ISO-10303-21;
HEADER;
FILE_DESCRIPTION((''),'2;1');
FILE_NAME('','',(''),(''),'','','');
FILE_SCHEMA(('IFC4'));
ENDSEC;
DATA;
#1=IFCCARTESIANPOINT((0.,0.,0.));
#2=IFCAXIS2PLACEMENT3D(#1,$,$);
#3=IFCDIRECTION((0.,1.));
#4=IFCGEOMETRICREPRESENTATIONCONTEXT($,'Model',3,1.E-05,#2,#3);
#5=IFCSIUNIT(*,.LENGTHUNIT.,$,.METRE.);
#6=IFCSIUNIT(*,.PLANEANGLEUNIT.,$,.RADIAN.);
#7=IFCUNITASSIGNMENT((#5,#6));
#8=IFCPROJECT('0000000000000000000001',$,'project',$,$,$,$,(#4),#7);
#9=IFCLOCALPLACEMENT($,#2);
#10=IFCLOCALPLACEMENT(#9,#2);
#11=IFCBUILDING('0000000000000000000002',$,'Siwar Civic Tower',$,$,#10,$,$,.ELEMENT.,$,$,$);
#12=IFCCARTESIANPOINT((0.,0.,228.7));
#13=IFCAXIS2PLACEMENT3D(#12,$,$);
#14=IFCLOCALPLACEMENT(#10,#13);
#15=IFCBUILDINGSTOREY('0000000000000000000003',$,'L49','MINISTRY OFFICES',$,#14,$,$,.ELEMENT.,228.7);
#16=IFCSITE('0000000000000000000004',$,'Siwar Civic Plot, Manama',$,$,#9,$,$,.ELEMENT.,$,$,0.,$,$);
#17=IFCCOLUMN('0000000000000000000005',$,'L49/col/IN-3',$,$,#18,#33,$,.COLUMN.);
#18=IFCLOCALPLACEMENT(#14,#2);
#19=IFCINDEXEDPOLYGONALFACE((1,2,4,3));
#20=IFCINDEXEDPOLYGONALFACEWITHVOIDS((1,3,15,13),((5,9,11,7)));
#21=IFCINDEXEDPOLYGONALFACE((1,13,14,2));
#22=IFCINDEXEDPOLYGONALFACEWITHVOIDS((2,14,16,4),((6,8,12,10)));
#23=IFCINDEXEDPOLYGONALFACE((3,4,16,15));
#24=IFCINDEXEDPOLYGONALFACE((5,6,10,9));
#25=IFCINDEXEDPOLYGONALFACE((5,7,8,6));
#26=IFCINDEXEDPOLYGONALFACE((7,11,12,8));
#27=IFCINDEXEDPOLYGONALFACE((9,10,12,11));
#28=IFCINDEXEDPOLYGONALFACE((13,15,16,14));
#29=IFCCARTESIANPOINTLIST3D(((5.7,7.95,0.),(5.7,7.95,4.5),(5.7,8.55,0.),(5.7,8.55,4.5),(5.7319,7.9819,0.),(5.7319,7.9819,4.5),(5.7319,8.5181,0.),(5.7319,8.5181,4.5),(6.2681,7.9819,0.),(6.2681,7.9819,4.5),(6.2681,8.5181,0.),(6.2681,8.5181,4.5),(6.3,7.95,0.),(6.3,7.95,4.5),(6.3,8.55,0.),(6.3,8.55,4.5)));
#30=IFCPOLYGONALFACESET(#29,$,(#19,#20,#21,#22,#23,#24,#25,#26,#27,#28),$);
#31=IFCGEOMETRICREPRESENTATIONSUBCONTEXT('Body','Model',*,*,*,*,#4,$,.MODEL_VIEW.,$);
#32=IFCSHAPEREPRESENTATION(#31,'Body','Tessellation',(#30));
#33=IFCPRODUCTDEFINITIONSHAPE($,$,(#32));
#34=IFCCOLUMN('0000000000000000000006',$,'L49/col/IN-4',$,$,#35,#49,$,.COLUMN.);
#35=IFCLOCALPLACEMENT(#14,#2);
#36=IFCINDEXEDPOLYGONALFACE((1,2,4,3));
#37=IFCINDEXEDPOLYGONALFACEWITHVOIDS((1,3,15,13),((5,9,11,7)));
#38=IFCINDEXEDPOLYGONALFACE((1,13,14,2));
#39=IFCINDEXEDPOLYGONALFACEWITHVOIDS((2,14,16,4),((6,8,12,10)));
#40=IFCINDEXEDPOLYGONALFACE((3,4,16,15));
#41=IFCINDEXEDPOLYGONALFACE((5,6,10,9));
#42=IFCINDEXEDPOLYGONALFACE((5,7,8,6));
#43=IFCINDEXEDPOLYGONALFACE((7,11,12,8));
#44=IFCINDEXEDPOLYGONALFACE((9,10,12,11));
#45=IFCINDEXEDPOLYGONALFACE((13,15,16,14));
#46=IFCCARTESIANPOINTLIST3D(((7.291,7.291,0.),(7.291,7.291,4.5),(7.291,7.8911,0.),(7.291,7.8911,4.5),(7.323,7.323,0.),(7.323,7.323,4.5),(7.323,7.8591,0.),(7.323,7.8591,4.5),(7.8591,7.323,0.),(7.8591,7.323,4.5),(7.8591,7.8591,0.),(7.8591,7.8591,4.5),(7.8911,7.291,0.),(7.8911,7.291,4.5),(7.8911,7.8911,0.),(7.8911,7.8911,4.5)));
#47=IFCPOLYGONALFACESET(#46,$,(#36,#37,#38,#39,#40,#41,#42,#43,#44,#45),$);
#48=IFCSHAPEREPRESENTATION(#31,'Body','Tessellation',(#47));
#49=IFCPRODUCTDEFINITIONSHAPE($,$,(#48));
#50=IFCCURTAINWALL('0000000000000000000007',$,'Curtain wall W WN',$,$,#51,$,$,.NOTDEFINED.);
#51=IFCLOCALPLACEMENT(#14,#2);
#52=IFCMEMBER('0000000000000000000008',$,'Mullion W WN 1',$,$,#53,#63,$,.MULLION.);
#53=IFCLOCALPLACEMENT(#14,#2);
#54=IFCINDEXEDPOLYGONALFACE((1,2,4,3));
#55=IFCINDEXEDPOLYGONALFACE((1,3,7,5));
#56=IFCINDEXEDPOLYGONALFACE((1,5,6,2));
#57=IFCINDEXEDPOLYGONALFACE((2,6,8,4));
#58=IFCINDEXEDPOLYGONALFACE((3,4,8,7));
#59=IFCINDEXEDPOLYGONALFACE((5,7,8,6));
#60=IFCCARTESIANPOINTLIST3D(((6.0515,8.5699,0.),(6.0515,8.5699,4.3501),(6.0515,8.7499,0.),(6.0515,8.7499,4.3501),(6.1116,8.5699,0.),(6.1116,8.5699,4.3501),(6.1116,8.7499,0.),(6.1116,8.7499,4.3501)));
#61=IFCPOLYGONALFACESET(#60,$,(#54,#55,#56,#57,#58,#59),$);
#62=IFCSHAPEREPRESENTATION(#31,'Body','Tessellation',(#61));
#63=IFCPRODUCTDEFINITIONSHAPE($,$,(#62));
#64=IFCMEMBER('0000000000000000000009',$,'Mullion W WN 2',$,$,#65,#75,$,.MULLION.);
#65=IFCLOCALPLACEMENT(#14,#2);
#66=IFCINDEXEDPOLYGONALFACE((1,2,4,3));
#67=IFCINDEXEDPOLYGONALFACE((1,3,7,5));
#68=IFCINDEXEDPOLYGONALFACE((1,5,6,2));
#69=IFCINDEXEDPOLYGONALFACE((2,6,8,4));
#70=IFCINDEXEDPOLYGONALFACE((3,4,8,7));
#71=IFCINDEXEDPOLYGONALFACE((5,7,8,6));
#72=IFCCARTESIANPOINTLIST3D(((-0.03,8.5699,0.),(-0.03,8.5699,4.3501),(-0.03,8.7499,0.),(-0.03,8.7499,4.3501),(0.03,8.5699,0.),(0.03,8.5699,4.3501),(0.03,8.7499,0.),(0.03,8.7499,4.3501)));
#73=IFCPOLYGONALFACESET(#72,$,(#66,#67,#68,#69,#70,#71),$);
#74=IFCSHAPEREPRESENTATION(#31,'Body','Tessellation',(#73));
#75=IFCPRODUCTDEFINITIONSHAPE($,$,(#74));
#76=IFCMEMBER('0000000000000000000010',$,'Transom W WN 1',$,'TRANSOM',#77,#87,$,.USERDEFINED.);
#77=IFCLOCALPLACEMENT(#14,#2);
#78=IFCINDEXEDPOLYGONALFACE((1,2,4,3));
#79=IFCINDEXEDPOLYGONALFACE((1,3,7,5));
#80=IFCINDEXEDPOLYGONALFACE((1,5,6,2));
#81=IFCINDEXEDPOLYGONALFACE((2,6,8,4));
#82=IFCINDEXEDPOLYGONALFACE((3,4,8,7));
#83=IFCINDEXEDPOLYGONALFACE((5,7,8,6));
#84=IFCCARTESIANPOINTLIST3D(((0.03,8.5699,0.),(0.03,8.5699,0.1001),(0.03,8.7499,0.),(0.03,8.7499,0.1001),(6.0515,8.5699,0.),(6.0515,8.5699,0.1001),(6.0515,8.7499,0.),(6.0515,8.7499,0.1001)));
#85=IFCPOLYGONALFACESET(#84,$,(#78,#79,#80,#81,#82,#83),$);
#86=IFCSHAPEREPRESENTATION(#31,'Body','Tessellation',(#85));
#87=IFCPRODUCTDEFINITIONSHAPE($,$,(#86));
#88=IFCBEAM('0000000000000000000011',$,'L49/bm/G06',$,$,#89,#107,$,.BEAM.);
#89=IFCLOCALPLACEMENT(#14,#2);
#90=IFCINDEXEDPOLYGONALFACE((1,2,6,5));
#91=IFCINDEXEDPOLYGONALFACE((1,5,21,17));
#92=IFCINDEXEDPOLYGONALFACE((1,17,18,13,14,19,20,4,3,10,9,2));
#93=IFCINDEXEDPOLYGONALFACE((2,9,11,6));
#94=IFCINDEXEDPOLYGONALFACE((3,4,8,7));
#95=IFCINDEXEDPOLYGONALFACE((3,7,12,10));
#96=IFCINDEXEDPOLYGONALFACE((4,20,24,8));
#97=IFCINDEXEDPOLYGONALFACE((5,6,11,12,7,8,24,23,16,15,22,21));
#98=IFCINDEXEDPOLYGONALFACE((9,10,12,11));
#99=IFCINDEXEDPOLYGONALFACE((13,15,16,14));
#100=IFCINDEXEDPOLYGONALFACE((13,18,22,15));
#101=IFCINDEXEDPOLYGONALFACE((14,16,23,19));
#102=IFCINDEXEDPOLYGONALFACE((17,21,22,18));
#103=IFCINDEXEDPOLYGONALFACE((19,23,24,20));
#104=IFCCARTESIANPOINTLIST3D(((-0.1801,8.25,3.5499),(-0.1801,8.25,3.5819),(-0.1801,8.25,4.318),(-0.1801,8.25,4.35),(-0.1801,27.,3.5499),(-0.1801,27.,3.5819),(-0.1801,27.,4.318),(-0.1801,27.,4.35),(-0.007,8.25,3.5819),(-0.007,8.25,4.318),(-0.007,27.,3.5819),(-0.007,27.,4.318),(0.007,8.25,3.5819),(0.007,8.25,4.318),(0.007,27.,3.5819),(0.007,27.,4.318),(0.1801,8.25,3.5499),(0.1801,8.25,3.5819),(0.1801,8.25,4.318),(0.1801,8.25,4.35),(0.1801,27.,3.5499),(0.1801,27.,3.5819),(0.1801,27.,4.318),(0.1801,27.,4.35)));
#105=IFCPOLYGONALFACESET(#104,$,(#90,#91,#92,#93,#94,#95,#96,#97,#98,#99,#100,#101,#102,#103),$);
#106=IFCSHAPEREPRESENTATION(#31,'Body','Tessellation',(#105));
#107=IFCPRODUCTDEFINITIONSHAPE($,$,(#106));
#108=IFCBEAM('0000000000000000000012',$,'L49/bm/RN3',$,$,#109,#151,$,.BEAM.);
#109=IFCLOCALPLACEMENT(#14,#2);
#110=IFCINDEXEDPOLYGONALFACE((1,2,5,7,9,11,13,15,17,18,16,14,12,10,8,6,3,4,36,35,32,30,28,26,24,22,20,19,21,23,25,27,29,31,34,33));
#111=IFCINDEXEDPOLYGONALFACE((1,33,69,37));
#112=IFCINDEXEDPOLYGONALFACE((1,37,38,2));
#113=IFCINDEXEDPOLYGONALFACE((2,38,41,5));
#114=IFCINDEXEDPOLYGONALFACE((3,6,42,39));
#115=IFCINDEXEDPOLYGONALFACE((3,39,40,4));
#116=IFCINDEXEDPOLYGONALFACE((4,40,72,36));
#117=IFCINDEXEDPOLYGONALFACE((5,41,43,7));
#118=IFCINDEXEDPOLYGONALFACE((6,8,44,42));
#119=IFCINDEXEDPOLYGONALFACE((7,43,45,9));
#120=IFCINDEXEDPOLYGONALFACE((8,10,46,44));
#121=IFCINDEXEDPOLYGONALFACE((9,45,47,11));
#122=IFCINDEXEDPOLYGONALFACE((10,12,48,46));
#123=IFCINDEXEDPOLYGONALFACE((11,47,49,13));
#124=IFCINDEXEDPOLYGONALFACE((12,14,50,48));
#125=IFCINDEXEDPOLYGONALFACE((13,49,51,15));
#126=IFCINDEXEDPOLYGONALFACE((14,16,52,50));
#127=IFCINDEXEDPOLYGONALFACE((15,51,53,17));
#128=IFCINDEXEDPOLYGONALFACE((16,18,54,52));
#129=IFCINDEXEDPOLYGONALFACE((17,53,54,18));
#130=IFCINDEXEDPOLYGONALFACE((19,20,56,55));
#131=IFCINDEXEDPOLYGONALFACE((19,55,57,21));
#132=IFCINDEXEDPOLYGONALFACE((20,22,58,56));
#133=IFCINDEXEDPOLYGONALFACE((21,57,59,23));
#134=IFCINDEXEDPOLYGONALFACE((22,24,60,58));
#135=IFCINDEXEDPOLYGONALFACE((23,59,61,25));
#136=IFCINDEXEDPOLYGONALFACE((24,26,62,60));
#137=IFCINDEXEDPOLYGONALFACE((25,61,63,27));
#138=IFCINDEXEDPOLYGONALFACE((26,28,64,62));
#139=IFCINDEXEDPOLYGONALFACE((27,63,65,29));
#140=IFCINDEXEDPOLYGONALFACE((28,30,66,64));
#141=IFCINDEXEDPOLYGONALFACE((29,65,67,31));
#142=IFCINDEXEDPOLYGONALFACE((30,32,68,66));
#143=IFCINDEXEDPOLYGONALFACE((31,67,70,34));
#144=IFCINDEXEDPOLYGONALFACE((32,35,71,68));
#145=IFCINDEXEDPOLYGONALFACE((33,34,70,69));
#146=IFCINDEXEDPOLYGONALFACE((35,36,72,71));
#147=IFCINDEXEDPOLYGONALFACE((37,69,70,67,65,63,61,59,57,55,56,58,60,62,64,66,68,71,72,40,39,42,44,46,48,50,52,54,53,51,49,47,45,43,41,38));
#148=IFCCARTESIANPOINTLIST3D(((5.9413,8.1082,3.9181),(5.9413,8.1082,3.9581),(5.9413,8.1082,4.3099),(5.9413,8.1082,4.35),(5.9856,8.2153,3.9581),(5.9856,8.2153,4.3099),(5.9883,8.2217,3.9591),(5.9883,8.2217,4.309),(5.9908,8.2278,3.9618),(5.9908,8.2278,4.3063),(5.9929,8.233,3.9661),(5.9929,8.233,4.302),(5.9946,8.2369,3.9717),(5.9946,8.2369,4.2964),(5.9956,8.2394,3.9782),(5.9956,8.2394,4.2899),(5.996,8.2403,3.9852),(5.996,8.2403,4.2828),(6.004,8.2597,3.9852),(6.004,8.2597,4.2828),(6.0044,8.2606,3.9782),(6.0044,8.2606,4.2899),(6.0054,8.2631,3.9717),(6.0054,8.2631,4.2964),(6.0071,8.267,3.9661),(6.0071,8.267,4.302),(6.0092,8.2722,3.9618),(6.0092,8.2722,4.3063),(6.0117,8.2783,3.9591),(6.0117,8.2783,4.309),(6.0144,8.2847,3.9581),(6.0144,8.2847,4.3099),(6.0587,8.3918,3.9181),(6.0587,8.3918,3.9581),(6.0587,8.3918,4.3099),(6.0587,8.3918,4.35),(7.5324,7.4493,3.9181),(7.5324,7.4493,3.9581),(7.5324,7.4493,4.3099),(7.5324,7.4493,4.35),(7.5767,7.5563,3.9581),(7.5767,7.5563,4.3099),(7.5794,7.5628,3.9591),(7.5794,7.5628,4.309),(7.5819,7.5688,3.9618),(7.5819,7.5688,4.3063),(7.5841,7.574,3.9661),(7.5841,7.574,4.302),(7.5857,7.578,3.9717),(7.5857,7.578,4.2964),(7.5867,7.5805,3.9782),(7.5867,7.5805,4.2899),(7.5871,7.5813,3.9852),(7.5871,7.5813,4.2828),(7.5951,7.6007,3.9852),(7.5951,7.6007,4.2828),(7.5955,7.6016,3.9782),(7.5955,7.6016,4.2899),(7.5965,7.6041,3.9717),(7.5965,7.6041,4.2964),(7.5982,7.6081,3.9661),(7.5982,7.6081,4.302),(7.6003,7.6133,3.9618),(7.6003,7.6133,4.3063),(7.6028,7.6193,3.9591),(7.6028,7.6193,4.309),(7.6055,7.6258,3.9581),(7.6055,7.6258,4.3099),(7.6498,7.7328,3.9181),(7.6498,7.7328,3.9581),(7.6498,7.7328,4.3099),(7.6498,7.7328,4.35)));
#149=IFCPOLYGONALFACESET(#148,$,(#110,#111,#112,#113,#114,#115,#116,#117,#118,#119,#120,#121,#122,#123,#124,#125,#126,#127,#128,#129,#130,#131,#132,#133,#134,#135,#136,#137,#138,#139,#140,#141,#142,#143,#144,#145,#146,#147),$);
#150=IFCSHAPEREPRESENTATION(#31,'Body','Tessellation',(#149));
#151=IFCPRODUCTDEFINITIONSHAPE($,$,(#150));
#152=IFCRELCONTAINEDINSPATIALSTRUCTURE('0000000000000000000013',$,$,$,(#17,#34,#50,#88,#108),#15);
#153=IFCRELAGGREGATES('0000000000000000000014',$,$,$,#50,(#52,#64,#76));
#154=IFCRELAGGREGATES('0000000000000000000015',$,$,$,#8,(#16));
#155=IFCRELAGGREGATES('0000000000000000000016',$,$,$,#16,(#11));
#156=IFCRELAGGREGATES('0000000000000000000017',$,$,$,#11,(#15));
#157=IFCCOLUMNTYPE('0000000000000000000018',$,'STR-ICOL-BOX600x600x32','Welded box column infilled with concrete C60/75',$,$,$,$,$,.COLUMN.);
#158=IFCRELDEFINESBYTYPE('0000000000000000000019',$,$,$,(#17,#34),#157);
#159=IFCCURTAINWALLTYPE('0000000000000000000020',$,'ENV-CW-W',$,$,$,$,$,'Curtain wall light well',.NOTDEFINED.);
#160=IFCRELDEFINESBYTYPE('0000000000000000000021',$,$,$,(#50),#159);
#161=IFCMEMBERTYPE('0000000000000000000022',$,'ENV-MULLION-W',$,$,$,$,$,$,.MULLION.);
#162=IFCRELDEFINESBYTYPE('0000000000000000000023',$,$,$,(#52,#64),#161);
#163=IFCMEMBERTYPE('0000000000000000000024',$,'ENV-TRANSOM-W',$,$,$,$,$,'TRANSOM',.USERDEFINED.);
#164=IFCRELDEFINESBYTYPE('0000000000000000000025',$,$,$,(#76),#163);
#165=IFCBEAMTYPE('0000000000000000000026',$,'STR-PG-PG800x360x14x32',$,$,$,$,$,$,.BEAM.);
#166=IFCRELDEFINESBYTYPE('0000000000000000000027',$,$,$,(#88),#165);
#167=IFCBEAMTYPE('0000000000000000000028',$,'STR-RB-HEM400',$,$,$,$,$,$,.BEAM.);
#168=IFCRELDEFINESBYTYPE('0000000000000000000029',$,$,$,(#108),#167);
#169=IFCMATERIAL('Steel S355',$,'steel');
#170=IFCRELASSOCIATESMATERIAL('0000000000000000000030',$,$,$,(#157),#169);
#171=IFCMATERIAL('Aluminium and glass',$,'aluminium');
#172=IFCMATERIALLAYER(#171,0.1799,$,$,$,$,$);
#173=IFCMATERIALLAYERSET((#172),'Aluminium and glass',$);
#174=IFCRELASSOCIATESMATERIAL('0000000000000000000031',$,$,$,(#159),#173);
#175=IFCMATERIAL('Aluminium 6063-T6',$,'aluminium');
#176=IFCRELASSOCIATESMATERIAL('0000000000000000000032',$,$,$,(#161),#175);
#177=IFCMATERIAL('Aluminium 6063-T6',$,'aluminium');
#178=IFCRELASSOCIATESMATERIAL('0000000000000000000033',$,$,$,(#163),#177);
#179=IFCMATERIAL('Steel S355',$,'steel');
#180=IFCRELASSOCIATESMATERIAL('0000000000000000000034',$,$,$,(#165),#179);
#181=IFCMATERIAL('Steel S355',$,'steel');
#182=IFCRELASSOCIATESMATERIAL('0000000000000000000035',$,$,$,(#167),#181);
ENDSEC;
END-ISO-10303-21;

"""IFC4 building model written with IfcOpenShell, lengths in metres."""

from ifc_helpers import new_model, si_unit, direction, frame, origin, origin_2d, place, context, subcontext, project, spatial, rectangle, hollow_rectangle, i_section, extrude, material, layer, layer_set, material_profile, profile_set, type_object, element, aggregate, save


model = new_model("IFC4")

# Units and contexts
model_context = context("Model", 3, precision=1e-05, world=origin(), true_north=direction((0.0, 1.0)))
body_context = subcontext(model_context, "Body", "Model", "MODEL_VIEW")
ifc_project = project(units=[si_unit("LENGTHUNIT", "METRE"), si_unit("PLANEANGLEUNIT", "RADIAN")], contexts=[model_context])

# Site, building, storey
site_placement = place(None, origin())
site = spatial("IfcSite", under=ifc_project, at=site_placement, Name="Siwar Civic Plot, Manama", CompositionType="ELEMENT", RefElevation=0.0)
building_placement = place(site_placement, origin())
building = spatial("IfcBuilding", under=site, at=building_placement, Name="Siwar Civic Tower", CompositionType="ELEMENT")
storey_placement = place(building_placement, frame((0.0, 0.0, 228.7)))
storey = spatial("IfcBuildingStorey", under=building, at=storey_placement, Name="L49", Description="MINISTRY OFFICES", CompositionType="ELEMENT", Elevation=228.7)

# Columns
ifc_material_1 = material(Name="Steel S355", Category="steel")
ifc_material_profile_1 = material_profile(ifc_material_1, hollow_rectangle(XDim=0.6001, YDim=0.6001, WallThickness=0.032, at=origin_2d()), Name="BOX600x600x32")
ifc_profile_set_1 = profile_set([ifc_material_profile_1], Name="Steel S355")
column_type = type_object("IfcColumnType", Name="STR-ICOL-BOX600x600x32", Description="Welded box column infilled with concrete C60/75", PredefinedType="COLUMN", material=ifc_profile_set_1)
for number, where, z_axis, x_axis, name in (
    (1, (6.0, 8.25, 0.0), (0.0, 0.0, 1.0), (1.0, 0.0, 0.0), "L49/col/IN-3"),
    (2, (7.5911, 7.5911, 0.0), (0.0, 0.0, 1.0), (1.0, 0.0, 0.0), "L49/col/IN-4"),
):
    element("IfcColumn", number, at=place(storey_placement, frame(where, z_axis=z_axis, x_axis=x_axis)), inside=storey, type_object=column_type, Name=name, PredefinedType="COLUMN", context=body_context, shape_type="SweptSolid", body=[
        extrude(hollow_rectangle(XDim=0.6001, YDim=0.6001, WallThickness=0.032, at=origin_2d()), origin(), (0.0, 0.0, 1.0), 4.5),
    ])

# Curtain wall, members
ifc_material_2 = material(Name="Aluminium and glass", Category="aluminium")
ifc_layer_1 = layer(ifc_material_2, 0.1799)
ifc_layer_set_1 = layer_set([ifc_layer_1], Name="Aluminium and glass")
curtain_wall_type = type_object("IfcCurtainWallType", Name="ENV-CW-W", ElementType="Curtain wall light well", PredefinedType="NOTDEFINED", material=ifc_layer_set_1)
curtain_wall_placement = place(storey_placement, origin())
curtain_wall = element("IfcCurtainWall", 3, at=curtain_wall_placement, inside=storey, type_object=curtain_wall_type, Name="Curtain wall W WN", PredefinedType="NOTDEFINED")
ifc_material_3 = material(Name="Aluminium 6063-T6", Category="aluminium")
ifc_material_profile_2 = material_profile(ifc_material_3, rectangle(XDim=0.1799, YDim=0.0601, at=origin_2d()), Name="AL 180x60")
ifc_profile_set_2 = profile_set([ifc_material_profile_2], Name="Aluminium 6063-T6")
member_type_1 = type_object("IfcMemberType", Name="ENV-MULLION-W", PredefinedType="MULLION", material=ifc_profile_set_2)
member_1_placement = place(storey_placement, frame((6.0815, 8.6599, 0.0), z_axis=(0.0, 0.0, 1.0), x_axis=(0.0, -1.0, 0.0)))
member_1 = element("IfcMember", 4, at=member_1_placement, type_object=member_type_1, Name="Mullion W WN 1", PredefinedType="MULLION", context=body_context, shape_type="SweptSolid", body=[
    extrude(rectangle(XDim=0.1799, YDim=0.0601, at=origin_2d()), origin(), (0.0, 0.0, 1.0), 4.3501),
])
member_2_placement = place(storey_placement, frame((0.0, 8.6599, 0.0), z_axis=(0.0, 0.0, 1.0), x_axis=(0.0, -1.0, 0.0)))
member_2 = element("IfcMember", 5, at=member_2_placement, type_object=member_type_1, Name="Mullion W WN 2", PredefinedType="MULLION", context=body_context, shape_type="SweptSolid", body=[
    extrude(rectangle(XDim=0.1799, YDim=0.0601, at=origin_2d()), origin(), (0.0, 0.0, 1.0), 4.3501),
])
ifc_material_4 = material(Name="Aluminium 6063-T6", Category="aluminium")
ifc_material_profile_3 = material_profile(ifc_material_4, rectangle(XDim=0.1799, YDim=0.1001, at=origin_2d()), Name="AL 180x100")
ifc_profile_set_3 = profile_set([ifc_material_profile_3], Name="Aluminium 6063-T6")
member_type_2 = type_object("IfcMemberType", Name="ENV-TRANSOM-W", ElementType="TRANSOM", PredefinedType="USERDEFINED", material=ifc_profile_set_3)
member_3_placement = place(storey_placement, frame((6.0515, 8.6599, 0.05), z_axis=(-1.0, 0.0, 0.0), x_axis=(0.0, -1.0, 0.0)))
member_3 = element("IfcMember", 6, at=member_3_placement, type_object=member_type_2, Name="Transom W WN 1", ObjectType="TRANSOM", PredefinedType="USERDEFINED", context=body_context, shape_type="SweptSolid", body=[
    extrude(rectangle(XDim=0.1799, YDim=0.1001, at=origin_2d()), origin(), (0.0, 0.0, 1.0), 6.0215),
])

# Beams
ifc_material_5 = material(Name="Steel S355", Category="steel")
ifc_material_profile_4 = material_profile(ifc_material_5, i_section(OverallWidth=0.3601, OverallDepth=0.8, WebThickness=0.0139, FlangeThickness=0.032, at=origin_2d()), Name="PG800x360x14x32")
ifc_profile_set_4 = profile_set([ifc_material_profile_4], Name="Steel S355")
beam_type_1 = type_object("IfcBeamType", Name="STR-PG-PG800x360x14x32", PredefinedType="BEAM", material=ifc_profile_set_4)
beam_placement = place(storey_placement, frame((0.0, 8.25, 3.95), z_axis=(0.0, 1.0, 0.0), x_axis=(-1.0, 0.0, 0.0)))
element("IfcBeam", 7, at=beam_placement, inside=storey, type_object=beam_type_1, Name="L49/bm/G06", PredefinedType="BEAM", context=body_context, shape_type="SweptSolid", body=[
    extrude(i_section(OverallWidth=0.3601, OverallDepth=0.8, WebThickness=0.0139, FlangeThickness=0.032, at=origin_2d()), origin(), (0.0, 0.0, 1.0), 18.75),
])
ifc_material_6 = material(Name="Steel S355", Category="steel")
ifc_material_profile_5 = material_profile(ifc_material_6, i_section(OverallWidth=0.3069, OverallDepth=0.4319, WebThickness=0.021, FlangeThickness=0.04, FilletRadius=0.0271, at=origin_2d()), Name="HEM400")
ifc_profile_set_5 = profile_set([ifc_material_profile_5], Name="Steel S355")
beam_type_2 = type_object("IfcBeamType", Name="STR-RB-HEM400", PredefinedType="BEAM", material=ifc_profile_set_5)
for number, where, z_axis, x_axis, name in (
    (8, (6.0, 8.25, 4.134), (0.923901, -0.382631, 0.0), (0.382631, 0.923901, 0.0), "L49/bm/RN3"),
):
    element("IfcBeam", number, at=place(storey_placement, frame(where, z_axis=z_axis, x_axis=x_axis)), inside=storey, type_object=beam_type_2, Name=name, PredefinedType="BEAM", context=body_context, shape_type="SweptSolid", body=[
        extrude(i_section(OverallWidth=0.3069, OverallDepth=0.4319, WebThickness=0.021, FlangeThickness=0.04, FilletRadius=0.0271, at=origin_2d()), origin(), (0.0, 0.0, 1.0), 1.7222),
    ])

aggregate(curtain_wall, [member_1, member_2, member_3])

save(model, "model.ifc")
